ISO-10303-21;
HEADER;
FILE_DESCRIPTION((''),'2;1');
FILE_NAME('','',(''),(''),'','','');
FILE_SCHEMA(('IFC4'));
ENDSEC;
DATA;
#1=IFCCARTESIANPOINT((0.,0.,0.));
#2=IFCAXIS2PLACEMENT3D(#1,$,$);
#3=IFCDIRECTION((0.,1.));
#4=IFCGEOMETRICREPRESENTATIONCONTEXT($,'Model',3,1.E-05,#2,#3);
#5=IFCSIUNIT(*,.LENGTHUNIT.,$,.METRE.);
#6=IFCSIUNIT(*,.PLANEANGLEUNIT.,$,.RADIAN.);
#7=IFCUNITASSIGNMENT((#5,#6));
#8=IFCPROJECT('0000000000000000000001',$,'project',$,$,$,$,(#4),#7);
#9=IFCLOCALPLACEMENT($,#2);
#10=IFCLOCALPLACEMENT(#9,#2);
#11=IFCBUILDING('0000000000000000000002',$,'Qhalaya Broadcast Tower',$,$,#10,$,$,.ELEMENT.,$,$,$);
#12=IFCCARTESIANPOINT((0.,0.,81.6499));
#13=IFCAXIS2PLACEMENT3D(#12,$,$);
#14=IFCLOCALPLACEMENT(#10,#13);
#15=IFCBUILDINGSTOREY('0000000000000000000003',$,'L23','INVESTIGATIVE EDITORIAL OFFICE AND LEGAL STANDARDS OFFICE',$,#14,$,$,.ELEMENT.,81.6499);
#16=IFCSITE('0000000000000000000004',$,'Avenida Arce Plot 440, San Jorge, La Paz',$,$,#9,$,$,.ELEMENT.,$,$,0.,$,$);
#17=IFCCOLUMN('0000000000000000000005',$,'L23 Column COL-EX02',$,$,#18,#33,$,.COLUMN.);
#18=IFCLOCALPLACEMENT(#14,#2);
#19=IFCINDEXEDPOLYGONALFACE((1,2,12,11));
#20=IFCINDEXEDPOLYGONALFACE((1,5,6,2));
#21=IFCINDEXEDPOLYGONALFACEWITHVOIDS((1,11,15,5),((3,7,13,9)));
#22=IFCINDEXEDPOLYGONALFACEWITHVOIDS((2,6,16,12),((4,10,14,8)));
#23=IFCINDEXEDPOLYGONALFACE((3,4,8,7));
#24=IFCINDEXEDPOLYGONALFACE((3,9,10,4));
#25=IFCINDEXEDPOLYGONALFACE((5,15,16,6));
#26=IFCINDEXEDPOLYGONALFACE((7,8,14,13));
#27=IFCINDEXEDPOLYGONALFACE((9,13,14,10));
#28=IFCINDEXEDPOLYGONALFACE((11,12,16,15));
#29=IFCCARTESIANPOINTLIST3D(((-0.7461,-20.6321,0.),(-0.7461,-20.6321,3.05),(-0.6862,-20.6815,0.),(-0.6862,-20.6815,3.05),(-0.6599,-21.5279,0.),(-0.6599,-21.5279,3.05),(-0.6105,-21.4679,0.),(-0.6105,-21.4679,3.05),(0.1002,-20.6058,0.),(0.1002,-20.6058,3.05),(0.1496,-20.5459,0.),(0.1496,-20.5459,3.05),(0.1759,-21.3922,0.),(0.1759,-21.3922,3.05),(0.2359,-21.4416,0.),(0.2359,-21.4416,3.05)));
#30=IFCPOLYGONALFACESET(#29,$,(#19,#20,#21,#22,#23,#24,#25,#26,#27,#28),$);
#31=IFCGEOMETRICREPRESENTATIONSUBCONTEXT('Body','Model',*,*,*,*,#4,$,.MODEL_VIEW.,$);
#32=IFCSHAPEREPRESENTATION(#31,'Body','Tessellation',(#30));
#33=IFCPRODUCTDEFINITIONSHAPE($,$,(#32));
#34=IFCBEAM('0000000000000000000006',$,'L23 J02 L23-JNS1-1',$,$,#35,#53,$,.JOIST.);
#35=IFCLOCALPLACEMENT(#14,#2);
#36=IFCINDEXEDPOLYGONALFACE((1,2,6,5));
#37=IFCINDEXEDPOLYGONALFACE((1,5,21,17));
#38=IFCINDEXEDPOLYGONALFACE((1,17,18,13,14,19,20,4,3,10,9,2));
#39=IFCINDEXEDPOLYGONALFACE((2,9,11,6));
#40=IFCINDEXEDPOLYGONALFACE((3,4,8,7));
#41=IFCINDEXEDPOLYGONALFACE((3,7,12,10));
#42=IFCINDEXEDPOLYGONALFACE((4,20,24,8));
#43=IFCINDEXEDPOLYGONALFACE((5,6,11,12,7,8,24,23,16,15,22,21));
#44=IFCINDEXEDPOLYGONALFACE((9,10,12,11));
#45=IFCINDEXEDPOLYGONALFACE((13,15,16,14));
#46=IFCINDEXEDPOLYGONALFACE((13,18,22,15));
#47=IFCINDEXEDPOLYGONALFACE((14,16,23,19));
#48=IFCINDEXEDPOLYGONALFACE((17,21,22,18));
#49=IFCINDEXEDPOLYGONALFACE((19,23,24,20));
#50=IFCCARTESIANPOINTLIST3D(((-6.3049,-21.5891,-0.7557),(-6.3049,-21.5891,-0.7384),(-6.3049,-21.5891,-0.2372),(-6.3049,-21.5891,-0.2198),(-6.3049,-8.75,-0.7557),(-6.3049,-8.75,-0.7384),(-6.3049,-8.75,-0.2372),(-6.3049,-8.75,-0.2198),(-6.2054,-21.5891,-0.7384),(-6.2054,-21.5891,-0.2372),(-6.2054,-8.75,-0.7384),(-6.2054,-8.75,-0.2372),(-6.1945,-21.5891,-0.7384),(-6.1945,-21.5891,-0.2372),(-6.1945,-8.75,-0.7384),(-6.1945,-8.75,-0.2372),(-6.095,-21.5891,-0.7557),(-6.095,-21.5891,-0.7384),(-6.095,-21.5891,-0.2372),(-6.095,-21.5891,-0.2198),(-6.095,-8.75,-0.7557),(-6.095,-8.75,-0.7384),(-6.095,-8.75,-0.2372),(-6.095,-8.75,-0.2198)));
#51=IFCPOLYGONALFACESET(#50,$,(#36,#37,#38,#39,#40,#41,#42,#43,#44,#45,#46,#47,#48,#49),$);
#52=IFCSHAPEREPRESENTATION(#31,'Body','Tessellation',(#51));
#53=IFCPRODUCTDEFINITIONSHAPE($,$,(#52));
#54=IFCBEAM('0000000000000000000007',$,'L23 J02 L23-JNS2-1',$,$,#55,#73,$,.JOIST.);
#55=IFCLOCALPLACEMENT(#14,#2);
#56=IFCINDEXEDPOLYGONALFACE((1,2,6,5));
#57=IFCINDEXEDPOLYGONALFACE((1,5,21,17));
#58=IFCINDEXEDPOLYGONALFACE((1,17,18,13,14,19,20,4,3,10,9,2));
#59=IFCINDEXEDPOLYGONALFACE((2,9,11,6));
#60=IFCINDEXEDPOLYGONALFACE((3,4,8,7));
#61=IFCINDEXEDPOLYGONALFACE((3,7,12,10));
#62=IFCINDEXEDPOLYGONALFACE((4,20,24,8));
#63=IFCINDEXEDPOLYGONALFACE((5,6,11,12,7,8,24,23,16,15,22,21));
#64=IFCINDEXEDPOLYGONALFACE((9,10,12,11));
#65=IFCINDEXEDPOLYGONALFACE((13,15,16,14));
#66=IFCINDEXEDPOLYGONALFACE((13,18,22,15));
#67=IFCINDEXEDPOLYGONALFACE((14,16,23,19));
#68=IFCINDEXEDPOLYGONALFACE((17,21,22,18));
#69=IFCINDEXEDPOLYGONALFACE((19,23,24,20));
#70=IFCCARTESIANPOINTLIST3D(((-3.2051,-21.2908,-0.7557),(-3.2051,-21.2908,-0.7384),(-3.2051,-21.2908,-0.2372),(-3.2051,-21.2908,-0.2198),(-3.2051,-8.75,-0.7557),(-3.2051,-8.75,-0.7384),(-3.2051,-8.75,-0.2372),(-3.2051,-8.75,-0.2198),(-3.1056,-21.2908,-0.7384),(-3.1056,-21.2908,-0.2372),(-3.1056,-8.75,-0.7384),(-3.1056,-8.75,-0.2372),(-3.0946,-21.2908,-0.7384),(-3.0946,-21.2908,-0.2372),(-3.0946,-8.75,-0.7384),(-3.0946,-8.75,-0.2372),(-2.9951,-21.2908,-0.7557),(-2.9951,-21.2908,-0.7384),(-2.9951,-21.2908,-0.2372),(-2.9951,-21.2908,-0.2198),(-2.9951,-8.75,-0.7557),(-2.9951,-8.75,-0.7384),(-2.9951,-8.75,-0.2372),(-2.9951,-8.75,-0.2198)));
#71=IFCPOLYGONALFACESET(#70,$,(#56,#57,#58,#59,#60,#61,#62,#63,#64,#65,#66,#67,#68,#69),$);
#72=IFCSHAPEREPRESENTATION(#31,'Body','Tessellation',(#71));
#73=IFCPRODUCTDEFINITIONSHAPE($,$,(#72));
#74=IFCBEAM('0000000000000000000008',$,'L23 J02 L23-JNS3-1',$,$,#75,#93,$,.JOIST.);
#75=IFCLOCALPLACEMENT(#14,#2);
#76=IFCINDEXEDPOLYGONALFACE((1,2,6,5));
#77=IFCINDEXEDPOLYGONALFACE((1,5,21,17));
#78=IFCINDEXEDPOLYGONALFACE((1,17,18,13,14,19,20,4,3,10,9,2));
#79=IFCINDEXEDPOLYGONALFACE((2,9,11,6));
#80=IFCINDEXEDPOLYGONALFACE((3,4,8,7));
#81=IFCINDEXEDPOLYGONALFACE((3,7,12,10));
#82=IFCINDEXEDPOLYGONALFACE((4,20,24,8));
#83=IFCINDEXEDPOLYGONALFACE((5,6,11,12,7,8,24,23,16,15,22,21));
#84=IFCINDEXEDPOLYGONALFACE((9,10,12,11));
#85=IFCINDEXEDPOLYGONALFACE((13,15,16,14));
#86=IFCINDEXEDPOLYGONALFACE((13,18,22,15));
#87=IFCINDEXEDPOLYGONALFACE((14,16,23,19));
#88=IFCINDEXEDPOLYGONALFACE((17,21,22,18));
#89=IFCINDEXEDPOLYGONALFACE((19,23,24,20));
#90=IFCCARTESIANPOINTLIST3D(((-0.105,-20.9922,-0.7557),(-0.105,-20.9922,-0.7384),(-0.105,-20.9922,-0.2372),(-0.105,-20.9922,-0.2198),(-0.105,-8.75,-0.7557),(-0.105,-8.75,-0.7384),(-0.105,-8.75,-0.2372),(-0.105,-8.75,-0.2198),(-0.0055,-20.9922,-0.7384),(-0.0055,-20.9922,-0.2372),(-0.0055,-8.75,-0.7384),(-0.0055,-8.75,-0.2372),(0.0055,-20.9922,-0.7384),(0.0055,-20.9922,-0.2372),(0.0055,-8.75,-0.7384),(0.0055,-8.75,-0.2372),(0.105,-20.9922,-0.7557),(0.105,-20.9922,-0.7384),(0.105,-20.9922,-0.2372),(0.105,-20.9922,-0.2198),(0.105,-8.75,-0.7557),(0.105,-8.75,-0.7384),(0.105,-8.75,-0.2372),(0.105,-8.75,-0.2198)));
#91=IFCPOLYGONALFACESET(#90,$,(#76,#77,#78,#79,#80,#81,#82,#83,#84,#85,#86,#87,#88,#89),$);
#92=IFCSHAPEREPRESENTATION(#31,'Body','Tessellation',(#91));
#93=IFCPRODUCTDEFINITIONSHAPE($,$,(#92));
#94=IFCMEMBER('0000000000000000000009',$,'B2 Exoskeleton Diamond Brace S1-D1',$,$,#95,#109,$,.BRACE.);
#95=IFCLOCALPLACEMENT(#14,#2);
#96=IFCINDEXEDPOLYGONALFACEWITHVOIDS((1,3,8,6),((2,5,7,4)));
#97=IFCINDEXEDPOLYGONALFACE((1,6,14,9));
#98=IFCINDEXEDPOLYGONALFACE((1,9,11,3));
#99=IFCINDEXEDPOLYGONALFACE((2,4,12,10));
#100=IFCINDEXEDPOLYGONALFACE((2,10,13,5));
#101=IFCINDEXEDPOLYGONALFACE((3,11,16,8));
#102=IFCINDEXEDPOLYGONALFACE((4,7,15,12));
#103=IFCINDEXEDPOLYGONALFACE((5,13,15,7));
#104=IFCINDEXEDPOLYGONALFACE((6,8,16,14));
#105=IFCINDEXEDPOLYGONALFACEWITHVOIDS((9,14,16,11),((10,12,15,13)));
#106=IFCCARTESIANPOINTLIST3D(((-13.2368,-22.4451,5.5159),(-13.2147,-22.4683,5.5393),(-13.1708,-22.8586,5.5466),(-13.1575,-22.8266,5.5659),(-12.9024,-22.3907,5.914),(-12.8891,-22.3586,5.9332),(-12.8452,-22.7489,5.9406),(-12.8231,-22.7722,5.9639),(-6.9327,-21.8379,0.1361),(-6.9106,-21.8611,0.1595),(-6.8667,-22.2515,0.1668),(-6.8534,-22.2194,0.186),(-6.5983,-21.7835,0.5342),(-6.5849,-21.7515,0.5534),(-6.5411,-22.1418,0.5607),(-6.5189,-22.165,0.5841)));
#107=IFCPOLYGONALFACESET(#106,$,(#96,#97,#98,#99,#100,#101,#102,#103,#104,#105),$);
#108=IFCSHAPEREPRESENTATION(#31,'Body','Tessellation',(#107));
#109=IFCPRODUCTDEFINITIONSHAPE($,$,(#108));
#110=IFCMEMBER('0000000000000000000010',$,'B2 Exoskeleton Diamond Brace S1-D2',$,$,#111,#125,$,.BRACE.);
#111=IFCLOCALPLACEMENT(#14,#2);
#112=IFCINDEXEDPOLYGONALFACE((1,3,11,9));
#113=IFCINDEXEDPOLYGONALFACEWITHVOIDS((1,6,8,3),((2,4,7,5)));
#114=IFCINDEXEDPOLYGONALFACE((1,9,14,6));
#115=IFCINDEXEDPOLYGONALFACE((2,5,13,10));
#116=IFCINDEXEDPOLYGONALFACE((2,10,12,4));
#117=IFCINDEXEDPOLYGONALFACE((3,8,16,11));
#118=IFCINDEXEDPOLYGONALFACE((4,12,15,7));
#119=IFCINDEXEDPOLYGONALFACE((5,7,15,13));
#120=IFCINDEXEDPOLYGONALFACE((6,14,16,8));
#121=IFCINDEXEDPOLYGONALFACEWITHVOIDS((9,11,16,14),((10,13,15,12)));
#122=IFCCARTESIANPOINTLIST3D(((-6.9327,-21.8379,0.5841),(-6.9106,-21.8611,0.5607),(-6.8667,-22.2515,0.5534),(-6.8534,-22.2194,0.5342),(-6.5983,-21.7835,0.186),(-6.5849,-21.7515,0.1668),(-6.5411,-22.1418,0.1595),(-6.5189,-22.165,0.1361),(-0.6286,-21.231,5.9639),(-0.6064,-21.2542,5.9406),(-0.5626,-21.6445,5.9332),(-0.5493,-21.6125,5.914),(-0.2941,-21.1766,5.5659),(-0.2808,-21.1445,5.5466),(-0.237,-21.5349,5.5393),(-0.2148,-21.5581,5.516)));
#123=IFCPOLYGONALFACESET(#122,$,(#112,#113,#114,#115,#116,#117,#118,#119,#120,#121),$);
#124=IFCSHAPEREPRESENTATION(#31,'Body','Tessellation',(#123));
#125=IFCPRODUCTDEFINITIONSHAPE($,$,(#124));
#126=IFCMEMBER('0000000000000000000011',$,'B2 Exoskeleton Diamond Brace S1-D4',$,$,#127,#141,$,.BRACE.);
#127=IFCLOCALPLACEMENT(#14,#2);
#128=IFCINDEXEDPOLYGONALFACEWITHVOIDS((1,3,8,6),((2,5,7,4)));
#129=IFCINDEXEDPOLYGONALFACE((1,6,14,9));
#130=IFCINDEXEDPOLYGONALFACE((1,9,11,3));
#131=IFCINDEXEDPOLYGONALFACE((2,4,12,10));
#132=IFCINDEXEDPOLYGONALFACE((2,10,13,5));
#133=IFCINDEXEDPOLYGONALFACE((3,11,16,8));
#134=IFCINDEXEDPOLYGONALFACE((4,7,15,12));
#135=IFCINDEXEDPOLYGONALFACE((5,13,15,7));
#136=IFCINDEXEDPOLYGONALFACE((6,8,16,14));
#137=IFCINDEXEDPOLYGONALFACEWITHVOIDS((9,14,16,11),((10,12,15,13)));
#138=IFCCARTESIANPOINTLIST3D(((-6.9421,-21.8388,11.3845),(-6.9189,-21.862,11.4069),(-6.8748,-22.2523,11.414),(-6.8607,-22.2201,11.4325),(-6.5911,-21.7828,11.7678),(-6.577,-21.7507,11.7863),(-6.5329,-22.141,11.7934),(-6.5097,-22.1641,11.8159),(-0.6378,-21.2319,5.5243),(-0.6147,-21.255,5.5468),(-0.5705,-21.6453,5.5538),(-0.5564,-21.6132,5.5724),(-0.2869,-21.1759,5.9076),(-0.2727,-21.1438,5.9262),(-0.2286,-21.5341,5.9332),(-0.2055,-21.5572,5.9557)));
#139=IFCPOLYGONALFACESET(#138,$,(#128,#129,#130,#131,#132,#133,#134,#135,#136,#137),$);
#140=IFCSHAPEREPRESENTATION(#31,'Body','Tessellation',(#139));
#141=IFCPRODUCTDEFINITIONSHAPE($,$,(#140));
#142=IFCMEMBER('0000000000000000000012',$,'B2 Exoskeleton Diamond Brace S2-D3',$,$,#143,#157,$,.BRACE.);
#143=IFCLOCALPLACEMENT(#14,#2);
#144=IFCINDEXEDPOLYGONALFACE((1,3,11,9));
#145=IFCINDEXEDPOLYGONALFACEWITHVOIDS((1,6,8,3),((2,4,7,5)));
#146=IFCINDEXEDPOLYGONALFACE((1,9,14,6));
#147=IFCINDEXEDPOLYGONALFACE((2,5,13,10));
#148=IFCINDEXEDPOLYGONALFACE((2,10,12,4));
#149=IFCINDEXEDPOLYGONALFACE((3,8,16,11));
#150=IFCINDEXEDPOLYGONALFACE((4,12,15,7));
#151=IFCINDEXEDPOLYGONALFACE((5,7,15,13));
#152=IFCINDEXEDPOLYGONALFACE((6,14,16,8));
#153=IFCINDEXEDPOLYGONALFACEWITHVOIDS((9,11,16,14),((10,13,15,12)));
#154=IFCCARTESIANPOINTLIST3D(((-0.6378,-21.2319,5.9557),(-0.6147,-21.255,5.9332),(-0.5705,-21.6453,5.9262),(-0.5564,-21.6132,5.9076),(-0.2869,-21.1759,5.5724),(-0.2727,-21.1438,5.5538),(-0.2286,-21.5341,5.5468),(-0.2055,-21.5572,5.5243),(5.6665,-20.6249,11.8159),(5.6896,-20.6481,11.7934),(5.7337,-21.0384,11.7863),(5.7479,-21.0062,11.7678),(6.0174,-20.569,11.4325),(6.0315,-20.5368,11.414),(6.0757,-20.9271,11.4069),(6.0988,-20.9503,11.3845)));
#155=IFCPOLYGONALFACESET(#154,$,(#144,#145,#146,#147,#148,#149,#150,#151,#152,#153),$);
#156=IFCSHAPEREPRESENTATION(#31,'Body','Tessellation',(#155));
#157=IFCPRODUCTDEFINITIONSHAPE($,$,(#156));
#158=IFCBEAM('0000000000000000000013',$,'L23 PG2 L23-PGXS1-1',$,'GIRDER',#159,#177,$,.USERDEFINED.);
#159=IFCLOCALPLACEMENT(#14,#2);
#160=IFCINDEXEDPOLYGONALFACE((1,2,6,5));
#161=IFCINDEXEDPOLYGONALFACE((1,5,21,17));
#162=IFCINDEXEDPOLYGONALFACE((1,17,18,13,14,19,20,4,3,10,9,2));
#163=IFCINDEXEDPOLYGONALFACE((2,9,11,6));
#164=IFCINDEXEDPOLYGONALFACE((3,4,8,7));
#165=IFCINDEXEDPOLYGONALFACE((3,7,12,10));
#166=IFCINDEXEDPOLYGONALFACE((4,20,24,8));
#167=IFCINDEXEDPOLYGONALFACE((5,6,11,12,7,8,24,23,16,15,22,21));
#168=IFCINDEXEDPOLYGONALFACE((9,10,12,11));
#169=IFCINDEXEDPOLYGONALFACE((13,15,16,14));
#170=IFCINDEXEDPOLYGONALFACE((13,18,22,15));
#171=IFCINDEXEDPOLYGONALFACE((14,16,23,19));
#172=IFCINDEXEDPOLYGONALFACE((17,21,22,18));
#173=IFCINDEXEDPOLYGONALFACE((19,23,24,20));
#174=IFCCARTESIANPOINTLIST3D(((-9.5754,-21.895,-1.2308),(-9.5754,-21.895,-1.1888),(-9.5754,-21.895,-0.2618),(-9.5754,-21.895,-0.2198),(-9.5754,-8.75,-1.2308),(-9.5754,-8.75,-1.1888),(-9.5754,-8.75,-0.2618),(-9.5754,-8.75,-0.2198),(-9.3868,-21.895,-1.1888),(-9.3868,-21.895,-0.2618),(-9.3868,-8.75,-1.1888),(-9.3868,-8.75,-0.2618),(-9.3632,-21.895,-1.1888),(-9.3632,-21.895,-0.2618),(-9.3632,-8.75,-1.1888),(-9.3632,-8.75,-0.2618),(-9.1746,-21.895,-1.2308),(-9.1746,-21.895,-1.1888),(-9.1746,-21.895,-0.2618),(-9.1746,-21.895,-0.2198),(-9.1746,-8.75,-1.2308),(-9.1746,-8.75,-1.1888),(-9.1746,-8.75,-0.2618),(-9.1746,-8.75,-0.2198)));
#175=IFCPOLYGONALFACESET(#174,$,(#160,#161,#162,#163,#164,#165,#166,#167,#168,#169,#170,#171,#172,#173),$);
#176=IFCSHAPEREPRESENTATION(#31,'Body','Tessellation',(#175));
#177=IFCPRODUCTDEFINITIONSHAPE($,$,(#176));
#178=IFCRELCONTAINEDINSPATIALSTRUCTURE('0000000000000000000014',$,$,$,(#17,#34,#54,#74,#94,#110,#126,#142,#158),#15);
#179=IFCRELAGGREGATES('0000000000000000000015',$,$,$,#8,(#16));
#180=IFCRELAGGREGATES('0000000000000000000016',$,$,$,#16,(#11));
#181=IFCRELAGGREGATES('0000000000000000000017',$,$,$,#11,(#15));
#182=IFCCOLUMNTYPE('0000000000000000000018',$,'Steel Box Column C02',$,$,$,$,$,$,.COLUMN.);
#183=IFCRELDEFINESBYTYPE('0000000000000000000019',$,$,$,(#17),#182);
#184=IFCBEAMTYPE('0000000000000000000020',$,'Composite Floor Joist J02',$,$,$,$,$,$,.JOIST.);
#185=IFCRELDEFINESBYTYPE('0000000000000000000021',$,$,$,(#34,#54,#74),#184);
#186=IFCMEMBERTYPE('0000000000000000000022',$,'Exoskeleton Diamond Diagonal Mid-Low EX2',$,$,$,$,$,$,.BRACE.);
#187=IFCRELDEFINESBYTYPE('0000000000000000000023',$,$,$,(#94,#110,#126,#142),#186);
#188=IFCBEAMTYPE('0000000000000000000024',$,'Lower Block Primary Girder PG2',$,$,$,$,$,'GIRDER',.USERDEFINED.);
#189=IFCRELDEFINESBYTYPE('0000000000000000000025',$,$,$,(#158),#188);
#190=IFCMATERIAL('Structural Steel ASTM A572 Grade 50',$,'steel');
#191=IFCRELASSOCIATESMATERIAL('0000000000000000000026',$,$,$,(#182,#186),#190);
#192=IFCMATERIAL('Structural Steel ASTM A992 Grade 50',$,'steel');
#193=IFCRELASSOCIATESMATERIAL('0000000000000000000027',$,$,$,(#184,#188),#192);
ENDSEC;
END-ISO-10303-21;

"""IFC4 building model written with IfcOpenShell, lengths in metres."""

from ifc_helpers import new_model, si_unit, direction, frame, origin, origin_2d, place, context, subcontext, project, spatial, hollow_rectangle, i_section, extrude, material, material_profile, profile_set, type_object, element, save


model = new_model("IFC4")

# Units and contexts
model_context = context("Model", 3, precision=1e-05, world=origin(), true_north=direction((0.0, 1.0)))
body_context = subcontext(model_context, "Body", "Model", "MODEL_VIEW")
ifc_project = project(units=[si_unit("LENGTHUNIT", "METRE"), si_unit("PLANEANGLEUNIT", "RADIAN")], contexts=[model_context])

# Site, building, storey
site_placement = place(None, origin())
site = spatial("IfcSite", under=ifc_project, at=site_placement, Name="Avenida Arce Plot 440, San Jorge, La Paz", CompositionType="ELEMENT", RefElevation=0.0)
building_placement = place(site_placement, origin())
building = spatial("IfcBuilding", under=site, at=building_placement, Name="Qhalaya Broadcast Tower", CompositionType="ELEMENT")
storey_placement = place(building_placement, frame((0.0, 0.0, 81.6499)))
storey = spatial("IfcBuildingStorey", under=building, at=storey_placement, Name="L23", Description="INVESTIGATIVE EDITORIAL OFFICE AND LEGAL STANDARDS OFFICE", CompositionType="ELEMENT", Elevation=81.6499)

# Column
ifc_material_1 = material(Name="Structural Steel ASTM A572 Grade 50", Category="steel")
ifc_material_profile_1 = material_profile(ifc_material_1, hollow_rectangle(XDim=0.8999, YDim=0.8999, WallThickness=0.0549, at=origin_2d()), Name="BOX 900x900x55")
ifc_profile_set_1 = profile_set([ifc_material_profile_1], Name="Structural Steel ASTM A572 Grade 50")
column_type = type_object("IfcColumnType", Name="Steel Box Column C02", PredefinedType="COLUMN", material=ifc_profile_set_1)
column_placement = place(storey_placement, frame((-0.2551, -21.0369, 0.0), z_axis=(0.0, 0.0, 1.0), x_axis=(0.995396, 0.095846, 0.0)))
element("IfcColumn", 1, at=column_placement, inside=storey, type_object=column_type, Name="L23 Column COL-EX02", PredefinedType="COLUMN", context=body_context, shape_type="SweptSolid", body=[
    extrude(hollow_rectangle(XDim=0.8999, YDim=0.8999, WallThickness=0.0549, at=origin_2d()), origin(), (0.0, 0.0, 1.0), 3.05),
])

# Beams
ifc_material_2 = material(Name="Structural Steel ASTM A992 Grade 50", Category="steel")
ifc_material_profile_2 = material_profile(ifc_material_2, i_section(OverallWidth=0.21, OverallDepth=0.5359, WebThickness=0.011, FlangeThickness=0.0173, at=origin_2d()), Name="W21X68")
ifc_profile_set_2 = profile_set([ifc_material_profile_2], Name="Structural Steel ASTM A992 Grade 50")
beam_type_1 = type_object("IfcBeamType", Name="Composite Floor Joist J02", PredefinedType="JOIST", material=ifc_profile_set_2)
beam_1_placement = place(storey_placement, frame((-6.2, -21.5891, -0.4878), z_axis=(0.0, 1.0, 0.0), x_axis=(-1.0, 0.0, 0.0)))
element("IfcBeam", 2, at=beam_1_placement, inside=storey, type_object=beam_type_1, Name="L23 J02 L23-JNS1-1", PredefinedType="JOIST", context=body_context, shape_type="SweptSolid", body=[
    extrude(i_section(OverallWidth=0.21, OverallDepth=0.5359, WebThickness=0.011, FlangeThickness=0.0173, at=origin_2d()), origin(), (0.0, 0.0, 1.0), 12.8391),
])
beam_2_placement = place(storey_placement, frame((-3.1001, -21.2908, -0.4878), z_axis=(0.0, 1.0, 0.0), x_axis=(-1.0, 0.0, 0.0)))
element("IfcBeam", 3, at=beam_2_placement, inside=storey, type_object=beam_type_1, Name="L23 J02 L23-JNS2-1", PredefinedType="JOIST", context=body_context, shape_type="SweptSolid", body=[
    extrude(i_section(OverallWidth=0.21, OverallDepth=0.5359, WebThickness=0.011, FlangeThickness=0.0173, at=origin_2d()), origin(), (0.0, 0.0, 1.0), 12.5408),
])
beam_3_placement = place(storey_placement, frame((0.0, -20.9922, -0.4878), z_axis=(0.0, 1.0, 0.0), x_axis=(-1.0, 0.0, 0.0)))
element("IfcBeam", 4, at=beam_3_placement, inside=storey, type_object=beam_type_1, Name="L23 J02 L23-JNS3-1", PredefinedType="JOIST", context=body_context, shape_type="SweptSolid", body=[
    extrude(i_section(OverallWidth=0.21, OverallDepth=0.5359, WebThickness=0.011, FlangeThickness=0.0173, at=origin_2d()), origin(), (0.0, 0.0, 1.0), 12.2422),
])

# Members
ifc_material_profile_3 = material_profile(ifc_material_1, hollow_rectangle(XDim=0.4199, YDim=0.55, WallThickness=0.0281, at=origin_2d()), Name="BOX 420x550x28")
ifc_profile_set_3 = profile_set([ifc_material_profile_3], Name="Structural Steel ASTM A572 Grade 50")
member_type_1 = type_object("IfcMemberType", Name="Exoskeleton Diamond Diagonal Mid-Low EX2", PredefinedType="BRACE", material=ifc_profile_set_3)
for number, where, z_axis, x_axis, name in (
    (5, (-6.7258, -22.0015, 0.3601), (-0.758636, -0.073067, 0.647405), (0.157193, -0.984862, 0.073048), "B2 Exoskeleton Diamond Brace S1-D1"),
    (6, (-6.7258, -22.0015, 0.3601), (0.758637, 0.073037, 0.647406), (-0.157156, 0.984869, 0.073048), "B2 Exoskeleton Diamond Brace S1-D2"),
):
    element("IfcMember", number, at=place(storey_placement, frame(where, z_axis=z_axis, x_axis=x_axis)), inside=storey, type_object=member_type_1, Name=name, PredefinedType="BRACE", context=body_context, shape_type="SweptSolid", body=[
        extrude(hollow_rectangle(XDim=0.4199, YDim=0.55, WallThickness=0.0281, at=origin_2d()), origin(), (0.0, 0.0, 1.0), 8.3098),
    ])
for number, where, z_axis, x_axis, name in (
    (7, (-0.4216, -21.3945, 5.74), (-0.73062, -0.07034, 0.679152), (0.160184, -0.984577, 0.070351), "B2 Exoskeleton Diamond Brace S1-D4"),
    (8, (-0.4216, -21.3945, 5.74), (0.73062, 0.07034, 0.679152), (-0.160184, 0.984577, 0.070351), "B2 Exoskeleton Diamond Brace S2-D3"),
):
    element("IfcMember", number, at=place(storey_placement, frame(where, z_axis=z_axis, x_axis=x_axis)), inside=storey, type_object=member_type_1, Name=name, PredefinedType="BRACE", context=body_context, shape_type="SweptSolid", body=[
        extrude(hollow_rectangle(XDim=0.4199, YDim=0.55, WallThickness=0.0281, at=origin_2d()), origin(), (0.0, 0.0, 1.0), 8.6287),
    ])

# Beam
ifc_material_profile_4 = material_profile(ifc_material_2, i_section(OverallWidth=0.4009, OverallDepth=1.011, WebThickness=0.0237, FlangeThickness=0.042, at=origin_2d()), Name="W40X297")
ifc_profile_set_4 = profile_set([ifc_material_profile_4], Name="Structural Steel ASTM A992 Grade 50")
beam_type_2 = type_object("IfcBeamType", Name="Lower Block Primary Girder PG2", ElementType="GIRDER", PredefinedType="USERDEFINED", material=ifc_profile_set_4)
beam_4_placement = place(storey_placement, frame((-9.375, -21.895, -0.7253), z_axis=(0.0, 1.0, 0.0), x_axis=(-1.0, 0.0, 0.0)))
element("IfcBeam", 9, at=beam_4_placement, inside=storey, type_object=beam_type_2, Name="L23 PG2 L23-PGXS1-1", ObjectType="GIRDER", PredefinedType="USERDEFINED", context=body_context, shape_type="SweptSolid", body=[
    extrude(i_section(OverallWidth=0.4009, OverallDepth=1.011, WebThickness=0.0237, FlangeThickness=0.042, at=origin_2d()), origin(), (0.0, 0.0, 1.0), 13.145),
])

save(model, "model.ifc")
